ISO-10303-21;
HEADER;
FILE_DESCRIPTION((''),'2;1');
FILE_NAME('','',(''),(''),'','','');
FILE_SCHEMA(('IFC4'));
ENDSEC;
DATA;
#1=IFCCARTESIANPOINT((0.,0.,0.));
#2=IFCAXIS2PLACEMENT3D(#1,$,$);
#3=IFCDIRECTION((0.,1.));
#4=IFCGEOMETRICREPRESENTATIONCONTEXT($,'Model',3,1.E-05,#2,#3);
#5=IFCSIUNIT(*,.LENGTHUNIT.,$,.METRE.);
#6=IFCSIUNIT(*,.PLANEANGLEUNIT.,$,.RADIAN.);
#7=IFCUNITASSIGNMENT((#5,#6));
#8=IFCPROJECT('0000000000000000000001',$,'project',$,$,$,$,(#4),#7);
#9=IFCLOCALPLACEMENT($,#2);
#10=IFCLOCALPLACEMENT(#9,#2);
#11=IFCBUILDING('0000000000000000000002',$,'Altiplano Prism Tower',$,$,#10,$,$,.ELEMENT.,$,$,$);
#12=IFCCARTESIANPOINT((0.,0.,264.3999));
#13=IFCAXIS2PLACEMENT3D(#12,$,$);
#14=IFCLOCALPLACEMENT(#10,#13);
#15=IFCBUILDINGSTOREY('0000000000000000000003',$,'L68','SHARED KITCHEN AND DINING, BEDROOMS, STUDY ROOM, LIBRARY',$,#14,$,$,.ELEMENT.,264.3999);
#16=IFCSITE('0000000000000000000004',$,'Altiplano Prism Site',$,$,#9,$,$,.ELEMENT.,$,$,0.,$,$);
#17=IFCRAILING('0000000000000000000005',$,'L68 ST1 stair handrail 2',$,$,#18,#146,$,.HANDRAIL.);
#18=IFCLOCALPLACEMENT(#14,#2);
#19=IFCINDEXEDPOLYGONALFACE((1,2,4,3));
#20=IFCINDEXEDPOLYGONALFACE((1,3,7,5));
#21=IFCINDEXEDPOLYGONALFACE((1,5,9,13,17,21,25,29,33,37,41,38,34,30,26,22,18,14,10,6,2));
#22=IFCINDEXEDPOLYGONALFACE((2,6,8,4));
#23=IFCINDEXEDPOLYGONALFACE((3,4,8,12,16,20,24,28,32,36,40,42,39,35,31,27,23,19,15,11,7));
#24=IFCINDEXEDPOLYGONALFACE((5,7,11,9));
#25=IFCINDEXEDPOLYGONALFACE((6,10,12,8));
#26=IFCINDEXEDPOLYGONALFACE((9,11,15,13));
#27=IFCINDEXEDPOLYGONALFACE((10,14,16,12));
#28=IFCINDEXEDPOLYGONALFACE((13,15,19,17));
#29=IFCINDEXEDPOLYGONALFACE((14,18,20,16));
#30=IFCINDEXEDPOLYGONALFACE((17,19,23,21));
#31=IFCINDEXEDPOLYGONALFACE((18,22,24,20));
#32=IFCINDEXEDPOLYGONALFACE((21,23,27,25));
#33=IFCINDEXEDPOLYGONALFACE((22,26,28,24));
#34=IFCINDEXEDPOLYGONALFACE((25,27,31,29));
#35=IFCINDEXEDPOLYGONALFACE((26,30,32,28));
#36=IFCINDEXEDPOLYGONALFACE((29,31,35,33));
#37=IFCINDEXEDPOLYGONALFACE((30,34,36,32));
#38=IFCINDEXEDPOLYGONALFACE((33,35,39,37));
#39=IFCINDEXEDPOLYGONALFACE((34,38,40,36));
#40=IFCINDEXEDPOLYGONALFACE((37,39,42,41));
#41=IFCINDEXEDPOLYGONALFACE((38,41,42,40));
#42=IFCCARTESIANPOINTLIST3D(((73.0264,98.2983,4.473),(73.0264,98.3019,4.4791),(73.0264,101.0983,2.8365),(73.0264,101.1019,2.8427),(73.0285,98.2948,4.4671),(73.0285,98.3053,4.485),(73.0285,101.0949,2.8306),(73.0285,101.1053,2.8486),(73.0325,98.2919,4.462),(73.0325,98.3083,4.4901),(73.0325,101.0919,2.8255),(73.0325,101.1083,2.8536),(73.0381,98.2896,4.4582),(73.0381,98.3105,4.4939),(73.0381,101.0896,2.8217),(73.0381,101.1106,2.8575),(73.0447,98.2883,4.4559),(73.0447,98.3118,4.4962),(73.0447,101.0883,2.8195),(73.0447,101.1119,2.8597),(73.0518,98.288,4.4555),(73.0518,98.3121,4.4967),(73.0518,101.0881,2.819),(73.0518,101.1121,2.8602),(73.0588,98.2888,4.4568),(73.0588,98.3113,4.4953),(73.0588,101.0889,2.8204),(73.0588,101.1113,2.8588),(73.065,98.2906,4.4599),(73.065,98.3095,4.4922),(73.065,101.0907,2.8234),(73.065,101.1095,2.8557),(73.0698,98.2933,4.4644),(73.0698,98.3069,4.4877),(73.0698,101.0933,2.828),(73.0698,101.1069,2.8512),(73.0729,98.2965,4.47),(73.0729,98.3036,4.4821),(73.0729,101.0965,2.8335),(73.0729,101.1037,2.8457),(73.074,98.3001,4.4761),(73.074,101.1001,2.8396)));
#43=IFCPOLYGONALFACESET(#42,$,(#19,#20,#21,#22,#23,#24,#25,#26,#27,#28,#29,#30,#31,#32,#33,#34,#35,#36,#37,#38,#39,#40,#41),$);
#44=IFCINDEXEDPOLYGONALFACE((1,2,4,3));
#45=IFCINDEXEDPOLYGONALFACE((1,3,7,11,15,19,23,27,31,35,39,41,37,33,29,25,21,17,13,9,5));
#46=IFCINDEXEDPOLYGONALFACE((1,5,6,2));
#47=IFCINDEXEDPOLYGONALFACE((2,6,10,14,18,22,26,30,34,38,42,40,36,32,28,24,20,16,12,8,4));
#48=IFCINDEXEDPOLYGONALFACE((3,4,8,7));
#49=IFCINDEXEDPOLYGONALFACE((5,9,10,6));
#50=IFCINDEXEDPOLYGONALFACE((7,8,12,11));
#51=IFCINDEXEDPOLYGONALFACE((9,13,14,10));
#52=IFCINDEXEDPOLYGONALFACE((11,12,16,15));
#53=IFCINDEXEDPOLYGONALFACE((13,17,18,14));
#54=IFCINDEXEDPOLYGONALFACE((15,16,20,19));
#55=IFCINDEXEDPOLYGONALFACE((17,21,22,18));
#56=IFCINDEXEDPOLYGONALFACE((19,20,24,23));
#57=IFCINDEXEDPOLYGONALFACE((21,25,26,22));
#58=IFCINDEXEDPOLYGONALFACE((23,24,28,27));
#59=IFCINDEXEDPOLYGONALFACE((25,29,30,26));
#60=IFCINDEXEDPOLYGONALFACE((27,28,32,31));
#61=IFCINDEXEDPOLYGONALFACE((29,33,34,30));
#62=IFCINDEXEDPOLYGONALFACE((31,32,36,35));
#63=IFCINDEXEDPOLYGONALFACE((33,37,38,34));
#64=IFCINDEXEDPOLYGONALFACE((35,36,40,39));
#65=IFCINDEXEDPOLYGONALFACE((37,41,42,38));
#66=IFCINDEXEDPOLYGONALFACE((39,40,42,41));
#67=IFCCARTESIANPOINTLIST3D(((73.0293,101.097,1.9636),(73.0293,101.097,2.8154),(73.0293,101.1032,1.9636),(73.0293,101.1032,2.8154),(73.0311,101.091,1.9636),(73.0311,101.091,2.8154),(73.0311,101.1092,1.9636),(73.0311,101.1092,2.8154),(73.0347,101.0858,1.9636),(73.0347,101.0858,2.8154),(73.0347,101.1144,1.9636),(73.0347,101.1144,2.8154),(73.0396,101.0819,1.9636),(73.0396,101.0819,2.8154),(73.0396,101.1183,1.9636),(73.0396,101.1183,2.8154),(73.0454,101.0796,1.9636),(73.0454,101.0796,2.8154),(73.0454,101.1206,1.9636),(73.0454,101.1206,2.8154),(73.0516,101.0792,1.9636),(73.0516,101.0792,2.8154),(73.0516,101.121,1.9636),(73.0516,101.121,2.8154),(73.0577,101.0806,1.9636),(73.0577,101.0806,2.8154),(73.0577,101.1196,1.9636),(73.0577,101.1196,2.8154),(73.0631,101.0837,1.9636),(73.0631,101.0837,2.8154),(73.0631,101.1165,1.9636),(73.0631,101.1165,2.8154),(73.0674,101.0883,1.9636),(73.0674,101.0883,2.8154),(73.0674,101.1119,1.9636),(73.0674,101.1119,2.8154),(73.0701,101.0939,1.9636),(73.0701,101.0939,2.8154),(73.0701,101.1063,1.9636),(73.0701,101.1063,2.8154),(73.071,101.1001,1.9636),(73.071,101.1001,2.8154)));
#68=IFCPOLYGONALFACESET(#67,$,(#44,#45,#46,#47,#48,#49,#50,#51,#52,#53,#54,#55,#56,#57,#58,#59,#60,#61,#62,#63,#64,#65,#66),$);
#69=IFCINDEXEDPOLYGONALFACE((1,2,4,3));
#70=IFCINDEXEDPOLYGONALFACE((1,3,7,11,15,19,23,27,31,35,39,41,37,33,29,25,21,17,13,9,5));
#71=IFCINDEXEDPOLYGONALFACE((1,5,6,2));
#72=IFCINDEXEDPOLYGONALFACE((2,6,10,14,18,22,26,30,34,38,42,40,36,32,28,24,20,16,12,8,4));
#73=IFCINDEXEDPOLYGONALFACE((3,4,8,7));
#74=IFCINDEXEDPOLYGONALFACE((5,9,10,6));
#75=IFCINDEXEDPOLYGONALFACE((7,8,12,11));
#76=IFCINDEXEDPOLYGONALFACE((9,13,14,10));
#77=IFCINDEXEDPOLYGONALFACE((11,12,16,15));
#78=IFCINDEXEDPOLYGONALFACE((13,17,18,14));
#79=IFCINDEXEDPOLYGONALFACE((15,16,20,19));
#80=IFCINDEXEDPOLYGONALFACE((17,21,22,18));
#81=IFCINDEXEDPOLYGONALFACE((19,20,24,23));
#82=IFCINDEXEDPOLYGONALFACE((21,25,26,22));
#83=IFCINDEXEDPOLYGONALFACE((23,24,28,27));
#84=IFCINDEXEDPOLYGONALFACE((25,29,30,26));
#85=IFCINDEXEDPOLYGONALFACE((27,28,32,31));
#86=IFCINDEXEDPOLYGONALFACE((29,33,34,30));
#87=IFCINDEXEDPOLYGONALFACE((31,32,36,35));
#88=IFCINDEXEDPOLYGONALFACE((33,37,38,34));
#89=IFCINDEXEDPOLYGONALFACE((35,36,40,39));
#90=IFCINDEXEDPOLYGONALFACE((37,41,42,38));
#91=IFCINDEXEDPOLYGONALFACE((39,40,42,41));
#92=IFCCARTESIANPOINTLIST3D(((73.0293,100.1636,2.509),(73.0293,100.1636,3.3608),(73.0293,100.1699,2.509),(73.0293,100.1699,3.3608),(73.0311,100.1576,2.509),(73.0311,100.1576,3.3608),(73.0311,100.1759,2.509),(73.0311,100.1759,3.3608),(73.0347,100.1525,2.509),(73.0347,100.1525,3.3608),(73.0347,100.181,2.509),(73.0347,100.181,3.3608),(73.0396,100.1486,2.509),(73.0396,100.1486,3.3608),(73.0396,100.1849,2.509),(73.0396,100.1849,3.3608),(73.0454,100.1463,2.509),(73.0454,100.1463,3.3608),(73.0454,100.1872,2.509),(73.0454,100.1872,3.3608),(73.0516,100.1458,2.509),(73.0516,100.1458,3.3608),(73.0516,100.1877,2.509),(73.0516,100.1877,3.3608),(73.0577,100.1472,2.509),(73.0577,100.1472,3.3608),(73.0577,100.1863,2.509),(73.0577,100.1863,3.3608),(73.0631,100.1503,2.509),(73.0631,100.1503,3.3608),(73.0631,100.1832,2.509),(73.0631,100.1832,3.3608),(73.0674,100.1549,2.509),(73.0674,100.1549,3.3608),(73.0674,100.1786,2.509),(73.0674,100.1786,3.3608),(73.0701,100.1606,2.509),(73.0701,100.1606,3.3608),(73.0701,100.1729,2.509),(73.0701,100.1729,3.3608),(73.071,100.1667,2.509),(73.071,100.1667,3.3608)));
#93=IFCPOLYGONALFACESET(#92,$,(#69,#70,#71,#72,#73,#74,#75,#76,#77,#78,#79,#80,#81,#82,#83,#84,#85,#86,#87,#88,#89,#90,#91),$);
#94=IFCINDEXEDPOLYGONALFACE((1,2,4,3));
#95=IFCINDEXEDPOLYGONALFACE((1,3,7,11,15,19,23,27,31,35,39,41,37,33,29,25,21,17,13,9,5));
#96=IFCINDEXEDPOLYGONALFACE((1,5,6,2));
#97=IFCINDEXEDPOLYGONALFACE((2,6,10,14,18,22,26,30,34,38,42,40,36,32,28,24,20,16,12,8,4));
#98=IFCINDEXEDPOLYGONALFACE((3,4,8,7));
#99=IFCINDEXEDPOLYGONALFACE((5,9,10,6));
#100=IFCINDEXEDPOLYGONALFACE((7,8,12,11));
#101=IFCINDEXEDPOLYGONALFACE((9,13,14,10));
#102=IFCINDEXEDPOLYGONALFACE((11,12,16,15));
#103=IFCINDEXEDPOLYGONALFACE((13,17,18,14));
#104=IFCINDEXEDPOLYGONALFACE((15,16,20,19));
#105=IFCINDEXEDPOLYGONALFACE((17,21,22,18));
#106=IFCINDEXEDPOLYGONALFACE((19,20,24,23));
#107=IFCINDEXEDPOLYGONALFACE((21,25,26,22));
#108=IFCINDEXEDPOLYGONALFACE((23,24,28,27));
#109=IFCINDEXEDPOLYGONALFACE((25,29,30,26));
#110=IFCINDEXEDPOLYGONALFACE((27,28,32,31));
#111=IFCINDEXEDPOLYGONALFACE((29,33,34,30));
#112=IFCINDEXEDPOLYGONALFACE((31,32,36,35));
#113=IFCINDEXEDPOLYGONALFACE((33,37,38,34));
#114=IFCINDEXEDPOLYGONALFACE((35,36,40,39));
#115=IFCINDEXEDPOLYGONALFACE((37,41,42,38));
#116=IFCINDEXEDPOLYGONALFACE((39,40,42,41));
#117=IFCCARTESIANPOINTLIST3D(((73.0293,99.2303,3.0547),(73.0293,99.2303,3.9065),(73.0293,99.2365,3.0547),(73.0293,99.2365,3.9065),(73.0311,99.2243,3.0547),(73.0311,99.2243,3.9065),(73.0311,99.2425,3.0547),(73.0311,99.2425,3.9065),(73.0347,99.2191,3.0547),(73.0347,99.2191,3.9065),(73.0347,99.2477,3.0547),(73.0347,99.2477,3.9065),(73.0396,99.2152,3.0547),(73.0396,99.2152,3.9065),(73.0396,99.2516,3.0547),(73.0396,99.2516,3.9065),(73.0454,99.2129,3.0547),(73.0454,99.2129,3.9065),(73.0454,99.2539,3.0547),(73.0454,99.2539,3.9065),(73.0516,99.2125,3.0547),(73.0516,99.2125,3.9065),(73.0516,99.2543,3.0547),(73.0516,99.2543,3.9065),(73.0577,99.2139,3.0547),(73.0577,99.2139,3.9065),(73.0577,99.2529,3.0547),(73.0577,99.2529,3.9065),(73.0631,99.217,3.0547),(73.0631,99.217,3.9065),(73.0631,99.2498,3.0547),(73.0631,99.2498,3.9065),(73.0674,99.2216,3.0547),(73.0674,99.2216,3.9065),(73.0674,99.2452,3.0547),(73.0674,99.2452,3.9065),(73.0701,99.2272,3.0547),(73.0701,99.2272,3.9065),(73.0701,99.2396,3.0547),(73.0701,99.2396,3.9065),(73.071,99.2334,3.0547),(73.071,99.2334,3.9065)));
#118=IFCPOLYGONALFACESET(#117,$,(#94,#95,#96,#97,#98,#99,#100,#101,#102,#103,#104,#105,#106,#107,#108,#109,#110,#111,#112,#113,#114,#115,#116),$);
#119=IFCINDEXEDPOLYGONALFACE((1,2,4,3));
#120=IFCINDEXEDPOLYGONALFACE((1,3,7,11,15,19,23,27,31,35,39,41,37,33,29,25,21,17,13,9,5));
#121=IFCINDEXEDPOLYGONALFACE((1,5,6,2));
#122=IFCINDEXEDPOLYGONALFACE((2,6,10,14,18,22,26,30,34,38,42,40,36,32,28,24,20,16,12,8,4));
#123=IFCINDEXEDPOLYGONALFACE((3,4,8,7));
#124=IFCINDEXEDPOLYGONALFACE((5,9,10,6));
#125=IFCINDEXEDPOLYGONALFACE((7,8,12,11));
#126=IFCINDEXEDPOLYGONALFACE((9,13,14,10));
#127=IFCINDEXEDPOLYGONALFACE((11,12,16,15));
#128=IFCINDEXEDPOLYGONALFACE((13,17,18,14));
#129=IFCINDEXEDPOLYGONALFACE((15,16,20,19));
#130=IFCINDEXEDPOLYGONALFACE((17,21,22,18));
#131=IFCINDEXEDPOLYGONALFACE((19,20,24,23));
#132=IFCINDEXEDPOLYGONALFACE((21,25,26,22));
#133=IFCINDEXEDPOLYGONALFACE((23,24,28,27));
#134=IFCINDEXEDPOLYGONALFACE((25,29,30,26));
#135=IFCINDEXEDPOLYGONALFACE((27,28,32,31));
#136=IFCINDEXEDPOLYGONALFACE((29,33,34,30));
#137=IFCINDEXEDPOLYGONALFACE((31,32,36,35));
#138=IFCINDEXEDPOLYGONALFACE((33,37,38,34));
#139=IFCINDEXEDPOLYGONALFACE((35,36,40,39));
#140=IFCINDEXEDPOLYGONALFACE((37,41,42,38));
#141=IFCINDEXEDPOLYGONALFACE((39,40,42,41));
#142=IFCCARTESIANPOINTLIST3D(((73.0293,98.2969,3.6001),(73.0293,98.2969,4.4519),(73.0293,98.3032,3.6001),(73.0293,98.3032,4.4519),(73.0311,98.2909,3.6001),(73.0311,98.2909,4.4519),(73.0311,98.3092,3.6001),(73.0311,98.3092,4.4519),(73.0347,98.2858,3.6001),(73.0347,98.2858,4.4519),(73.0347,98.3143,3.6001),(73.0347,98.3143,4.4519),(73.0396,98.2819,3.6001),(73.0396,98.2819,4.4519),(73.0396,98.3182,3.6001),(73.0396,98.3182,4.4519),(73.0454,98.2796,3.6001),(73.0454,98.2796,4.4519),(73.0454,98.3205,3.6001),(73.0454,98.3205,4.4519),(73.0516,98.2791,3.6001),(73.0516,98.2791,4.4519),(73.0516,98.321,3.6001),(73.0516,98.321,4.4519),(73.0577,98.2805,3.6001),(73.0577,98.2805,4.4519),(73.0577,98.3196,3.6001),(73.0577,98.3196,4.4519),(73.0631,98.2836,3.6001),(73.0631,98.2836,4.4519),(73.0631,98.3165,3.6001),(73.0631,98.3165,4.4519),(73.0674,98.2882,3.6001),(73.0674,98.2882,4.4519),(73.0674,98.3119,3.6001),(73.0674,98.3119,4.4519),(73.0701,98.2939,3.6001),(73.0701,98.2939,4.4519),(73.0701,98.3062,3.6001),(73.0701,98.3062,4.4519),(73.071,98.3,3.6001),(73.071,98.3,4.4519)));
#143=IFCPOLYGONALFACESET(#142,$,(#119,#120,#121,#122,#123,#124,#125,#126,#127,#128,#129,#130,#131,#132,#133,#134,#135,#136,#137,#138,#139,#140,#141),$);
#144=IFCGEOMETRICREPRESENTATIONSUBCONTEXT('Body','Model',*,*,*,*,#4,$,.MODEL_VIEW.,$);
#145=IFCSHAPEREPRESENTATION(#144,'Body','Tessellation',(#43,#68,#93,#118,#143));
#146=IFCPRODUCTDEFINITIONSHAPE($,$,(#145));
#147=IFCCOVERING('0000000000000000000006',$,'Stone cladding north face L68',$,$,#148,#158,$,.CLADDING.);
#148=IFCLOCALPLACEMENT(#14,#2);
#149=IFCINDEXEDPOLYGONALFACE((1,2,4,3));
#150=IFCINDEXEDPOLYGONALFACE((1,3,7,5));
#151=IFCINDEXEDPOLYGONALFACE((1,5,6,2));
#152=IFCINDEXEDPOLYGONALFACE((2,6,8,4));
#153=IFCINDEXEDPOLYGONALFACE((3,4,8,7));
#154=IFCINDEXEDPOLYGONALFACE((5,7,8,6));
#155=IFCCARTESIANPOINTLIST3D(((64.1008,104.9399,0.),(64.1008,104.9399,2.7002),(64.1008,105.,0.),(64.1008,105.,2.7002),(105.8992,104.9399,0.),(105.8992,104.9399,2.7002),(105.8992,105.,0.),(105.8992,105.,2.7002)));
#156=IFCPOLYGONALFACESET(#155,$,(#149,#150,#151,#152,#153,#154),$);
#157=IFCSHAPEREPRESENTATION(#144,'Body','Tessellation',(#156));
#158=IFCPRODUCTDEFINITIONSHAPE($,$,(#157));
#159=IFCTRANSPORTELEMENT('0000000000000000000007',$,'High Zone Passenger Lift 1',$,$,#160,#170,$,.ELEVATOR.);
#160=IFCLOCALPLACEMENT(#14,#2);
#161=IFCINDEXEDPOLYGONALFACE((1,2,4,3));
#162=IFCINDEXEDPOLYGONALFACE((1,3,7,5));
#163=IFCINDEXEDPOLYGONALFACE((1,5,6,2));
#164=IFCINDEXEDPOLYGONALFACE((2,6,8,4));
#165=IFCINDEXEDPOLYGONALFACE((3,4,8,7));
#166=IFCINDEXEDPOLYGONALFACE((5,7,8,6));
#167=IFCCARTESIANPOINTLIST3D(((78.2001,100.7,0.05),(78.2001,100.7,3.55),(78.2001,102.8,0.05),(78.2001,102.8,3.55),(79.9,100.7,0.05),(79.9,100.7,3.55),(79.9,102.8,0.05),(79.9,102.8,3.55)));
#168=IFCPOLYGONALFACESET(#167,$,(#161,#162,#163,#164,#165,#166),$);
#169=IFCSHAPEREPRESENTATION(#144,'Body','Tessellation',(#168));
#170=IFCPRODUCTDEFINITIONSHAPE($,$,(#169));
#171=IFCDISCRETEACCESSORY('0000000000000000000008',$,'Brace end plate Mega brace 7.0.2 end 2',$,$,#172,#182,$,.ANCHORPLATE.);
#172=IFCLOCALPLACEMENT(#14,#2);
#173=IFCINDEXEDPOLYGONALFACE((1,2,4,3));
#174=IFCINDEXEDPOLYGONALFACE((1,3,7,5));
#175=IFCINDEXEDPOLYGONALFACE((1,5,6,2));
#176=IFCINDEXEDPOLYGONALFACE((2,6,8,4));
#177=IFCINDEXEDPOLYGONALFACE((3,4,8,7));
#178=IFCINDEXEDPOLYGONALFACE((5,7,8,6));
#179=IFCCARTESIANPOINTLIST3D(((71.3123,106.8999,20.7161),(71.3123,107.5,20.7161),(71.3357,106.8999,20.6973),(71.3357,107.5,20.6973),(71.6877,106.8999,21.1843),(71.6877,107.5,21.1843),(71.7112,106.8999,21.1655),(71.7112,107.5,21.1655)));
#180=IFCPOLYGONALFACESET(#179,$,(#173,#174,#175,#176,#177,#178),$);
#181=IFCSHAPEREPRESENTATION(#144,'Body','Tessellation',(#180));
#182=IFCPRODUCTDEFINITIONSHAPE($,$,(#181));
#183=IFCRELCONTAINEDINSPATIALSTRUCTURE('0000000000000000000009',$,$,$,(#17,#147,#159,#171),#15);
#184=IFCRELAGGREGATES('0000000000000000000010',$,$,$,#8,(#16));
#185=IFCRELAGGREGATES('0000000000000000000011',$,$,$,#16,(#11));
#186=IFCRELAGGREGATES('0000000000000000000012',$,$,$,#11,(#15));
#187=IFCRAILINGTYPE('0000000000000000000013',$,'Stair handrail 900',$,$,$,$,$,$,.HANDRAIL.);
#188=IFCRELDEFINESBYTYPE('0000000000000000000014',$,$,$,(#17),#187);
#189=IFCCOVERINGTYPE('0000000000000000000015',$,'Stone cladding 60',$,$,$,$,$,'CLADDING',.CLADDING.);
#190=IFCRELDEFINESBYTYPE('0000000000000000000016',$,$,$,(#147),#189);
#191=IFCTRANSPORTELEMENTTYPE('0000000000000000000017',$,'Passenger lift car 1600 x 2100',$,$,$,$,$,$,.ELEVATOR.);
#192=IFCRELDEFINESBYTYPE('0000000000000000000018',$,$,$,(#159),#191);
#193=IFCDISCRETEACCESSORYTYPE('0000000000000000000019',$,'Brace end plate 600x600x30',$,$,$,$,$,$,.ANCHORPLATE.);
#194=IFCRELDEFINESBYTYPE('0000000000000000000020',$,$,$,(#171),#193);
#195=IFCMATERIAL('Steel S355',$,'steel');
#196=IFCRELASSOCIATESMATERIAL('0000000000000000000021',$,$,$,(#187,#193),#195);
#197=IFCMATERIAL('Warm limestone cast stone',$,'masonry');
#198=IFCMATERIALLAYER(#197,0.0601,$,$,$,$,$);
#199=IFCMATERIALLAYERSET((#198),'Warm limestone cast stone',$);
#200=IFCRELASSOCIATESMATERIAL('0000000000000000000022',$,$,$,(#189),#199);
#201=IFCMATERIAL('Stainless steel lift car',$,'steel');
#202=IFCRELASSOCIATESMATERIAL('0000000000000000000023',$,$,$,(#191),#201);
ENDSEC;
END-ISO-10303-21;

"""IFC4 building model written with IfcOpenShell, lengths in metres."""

from ifc_helpers import new_model, si_unit, direction, frame, frame_2d, origin, origin_2d, place, context, subcontext, project, spatial, rectangle, circle, extrude, material, layer, layer_set, material_profile, profile_set, type_object, element, save


model = new_model("IFC4")

# Units and contexts
model_context = context("Model", 3, precision=1e-05, world=origin(), true_north=direction((0.0, 1.0)))
body_context = subcontext(model_context, "Body", "Model", "MODEL_VIEW")
ifc_project = project(units=[si_unit("LENGTHUNIT", "METRE"), si_unit("PLANEANGLEUNIT", "RADIAN")], contexts=[model_context])

# Site, building, storey
site_placement = place(None, origin())
site = spatial("IfcSite", under=ifc_project, at=site_placement, Name="Altiplano Prism Site", CompositionType="ELEMENT", RefElevation=0.0)
building_placement = place(site_placement, origin())
building = spatial("IfcBuilding", under=site, at=building_placement, Name="Altiplano Prism Tower", CompositionType="ELEMENT")
storey_placement = place(building_placement, frame((0.0, 0.0, 264.3999)))
storey = spatial("IfcBuildingStorey", under=building, at=storey_placement, Name="L68", Description="SHARED KITCHEN AND DINING, BEDROOMS, STUDY ROOM, LIBRARY", CompositionType="ELEMENT", Elevation=264.3999)

# Railing
ifc_material_1 = material(Name="Steel S355", Category="steel")
railing_type = type_object("IfcRailingType", Name="Stair handrail 900", PredefinedType="HANDRAIL", material=ifc_material_1)
railing_1_placement = place(storey_placement, frame((73.05, 101.1001, 1.9636)))
element("IfcRailing", 1, at=railing_1_placement, inside=storey, type_object=railing_type, Name="L68 ST1 stair handrail 2", PredefinedType="HANDRAIL", context=body_context, shape_type="SweptSolid", body=[
    extrude(circle(Radius=0.0239, at=origin_2d()), frame((0.0, 0.0, 0.876), z_axis=(0.0, -0.863361, 0.504587), x_axis=(1.0, 0.0, 0.0)), (0.0, 0.0, 1.0), 3.2432),
    extrude(circle(Radius=0.021, at=origin_2d()), origin(), (0.0, 0.0, 1.0), 0.8518),
    extrude(circle(Radius=0.021, at=origin_2d()), frame((0.0, -0.9333, 0.5454)), (0.0, 0.0, 1.0), 0.8518),
    extrude(circle(Radius=0.021, at=origin_2d()), frame((0.0, -1.8667, 1.0911)), (0.0, 0.0, 1.0), 0.8518),
    extrude(circle(Radius=0.021, at=origin_2d()), frame((0.0, -2.8, 1.6365)), (0.0, 0.0, 1.0), 0.8518),
])

# Covering
ifc_material_2 = material(Name="Warm limestone cast stone", Category="masonry")
ifc_layer_1 = layer(ifc_material_2, 0.0601)
ifc_layer_set_1 = layer_set([ifc_layer_1], Name="Warm limestone cast stone")
covering_type = type_object("IfcCoveringType", Name="Stone cladding 60", ElementType="CLADDING", PredefinedType="CLADDING", material=ifc_layer_set_1)
covering_placement = place(storey_placement, frame((64.1008, 104.97, 0.0), z_axis=(0.0, 0.0, 1.0), x_axis=(1.0, 0.0, 0.0)))
element("IfcCovering", 2, at=covering_placement, inside=storey, type_object=covering_type, Name="Stone cladding north face L68", PredefinedType="CLADDING", context=body_context, shape_type="SweptSolid", body=[
    extrude(rectangle(XDim=41.7983, YDim=0.0601, at=frame_2d((20.8992, 0.0))), origin(), (0.0, 0.0, 1.0), 2.7002),
])

# Transport element
ifc_material_3 = material(Name="Stainless steel lift car", Category="steel")
transport_element_type = type_object("IfcTransportElementType", Name="Passenger lift car 1600 x 2100", PredefinedType="ELEVATOR", material=ifc_material_3)
transport_element_placement = place(storey_placement, frame((79.05, 101.75, 0.05), z_axis=(0.0, 0.0, 1.0), x_axis=(1.0, 0.0, 0.0)))
element("IfcTransportElement", 3, at=transport_element_placement, inside=storey, type_object=transport_element_type, Name="High Zone Passenger Lift 1", PredefinedType="ELEVATOR", context=body_context, shape_type="SweptSolid", body=[
    extrude(rectangle(XDim=1.7, YDim=2.1001, at=origin_2d()), origin(), (0.0, 0.0, 1.0), 3.5),
])

# Discrete accessory
ifc_material_profile_1 = material_profile(ifc_material_1, rectangle(XDim=0.6001, YDim=0.6001, at=origin_2d()), Name="Brace end plate 600x600x30")
ifc_profile_set_1 = profile_set([ifc_material_profile_1], Name="Steel S355")
discrete_accessory_type = type_object("IfcDiscreteAccessoryType", Name="Brace end plate 600x600x30", PredefinedType="ANCHORPLATE", material=ifc_profile_set_1)
discrete_accessory_placement = place(storey_placement, frame((71.5, 107.2, 20.9502), z_axis=(0.780075, 0.0, -0.625685), x_axis=(0.0, 1.0, 0.0)))
element("IfcDiscreteAccessory", 4, at=discrete_accessory_placement, inside=storey, type_object=discrete_accessory_type, Name="Brace end plate Mega brace 7.0.2 end 2", PredefinedType="ANCHORPLATE", context=body_context, shape_type="SweptSolid", body=[
    extrude(rectangle(XDim=0.6001, YDim=0.6001, at=origin_2d()), origin(), (0.0, 0.0, 1.0), 0.03),
])

save(model, "model.ifc")
